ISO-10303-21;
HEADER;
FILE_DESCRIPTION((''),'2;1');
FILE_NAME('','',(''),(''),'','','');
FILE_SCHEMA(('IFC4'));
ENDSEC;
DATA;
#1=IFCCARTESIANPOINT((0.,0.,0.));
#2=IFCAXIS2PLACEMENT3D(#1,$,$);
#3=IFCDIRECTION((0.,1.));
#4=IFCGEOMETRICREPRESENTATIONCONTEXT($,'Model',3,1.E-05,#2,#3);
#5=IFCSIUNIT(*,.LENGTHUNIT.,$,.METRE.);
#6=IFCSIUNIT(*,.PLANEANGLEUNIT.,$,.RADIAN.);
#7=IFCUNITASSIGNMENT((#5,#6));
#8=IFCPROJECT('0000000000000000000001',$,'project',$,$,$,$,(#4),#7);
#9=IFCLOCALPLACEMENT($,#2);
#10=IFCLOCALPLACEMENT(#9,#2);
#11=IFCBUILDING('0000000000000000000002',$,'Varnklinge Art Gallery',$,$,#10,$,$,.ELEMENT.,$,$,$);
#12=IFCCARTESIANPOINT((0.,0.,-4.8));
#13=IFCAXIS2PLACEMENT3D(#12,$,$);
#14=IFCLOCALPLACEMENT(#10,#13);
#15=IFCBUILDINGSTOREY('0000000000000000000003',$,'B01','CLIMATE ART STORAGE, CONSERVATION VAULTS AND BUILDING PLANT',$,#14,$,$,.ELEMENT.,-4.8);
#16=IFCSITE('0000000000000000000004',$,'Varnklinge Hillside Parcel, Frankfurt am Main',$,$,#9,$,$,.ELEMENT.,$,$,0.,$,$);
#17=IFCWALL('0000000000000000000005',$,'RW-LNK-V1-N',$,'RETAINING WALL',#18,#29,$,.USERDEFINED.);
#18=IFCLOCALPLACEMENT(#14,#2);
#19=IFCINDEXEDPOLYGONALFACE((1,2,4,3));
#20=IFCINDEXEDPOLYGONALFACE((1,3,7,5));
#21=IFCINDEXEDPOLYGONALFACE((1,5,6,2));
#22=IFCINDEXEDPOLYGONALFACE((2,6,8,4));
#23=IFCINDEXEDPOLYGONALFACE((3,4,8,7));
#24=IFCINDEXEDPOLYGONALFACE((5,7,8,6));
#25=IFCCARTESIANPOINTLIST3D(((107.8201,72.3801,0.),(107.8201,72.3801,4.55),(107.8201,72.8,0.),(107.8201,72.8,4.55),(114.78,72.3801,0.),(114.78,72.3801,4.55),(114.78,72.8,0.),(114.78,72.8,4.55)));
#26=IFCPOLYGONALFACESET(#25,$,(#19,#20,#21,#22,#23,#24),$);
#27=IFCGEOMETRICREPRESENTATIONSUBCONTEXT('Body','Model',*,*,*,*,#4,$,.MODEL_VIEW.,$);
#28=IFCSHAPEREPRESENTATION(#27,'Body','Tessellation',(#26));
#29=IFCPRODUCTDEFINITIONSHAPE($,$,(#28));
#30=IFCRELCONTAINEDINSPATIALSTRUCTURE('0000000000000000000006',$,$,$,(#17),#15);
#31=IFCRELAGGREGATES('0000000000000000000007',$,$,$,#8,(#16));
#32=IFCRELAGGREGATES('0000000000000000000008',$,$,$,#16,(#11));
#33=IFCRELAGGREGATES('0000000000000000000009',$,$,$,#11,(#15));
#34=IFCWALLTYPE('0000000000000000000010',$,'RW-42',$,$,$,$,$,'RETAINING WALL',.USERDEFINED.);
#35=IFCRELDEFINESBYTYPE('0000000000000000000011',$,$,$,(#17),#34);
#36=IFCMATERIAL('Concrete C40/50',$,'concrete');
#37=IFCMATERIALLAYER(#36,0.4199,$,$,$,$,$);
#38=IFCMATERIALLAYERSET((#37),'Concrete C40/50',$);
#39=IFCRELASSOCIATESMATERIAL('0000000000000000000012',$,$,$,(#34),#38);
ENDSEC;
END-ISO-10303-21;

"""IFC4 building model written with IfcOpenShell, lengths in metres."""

from ifc_helpers import new_model, si_unit, direction, frame, frame_2d, origin, place, context, subcontext, project, spatial, rectangle, extrude, material, layer, layer_set, type_object, element, save


model = new_model("IFC4")

# Units and contexts
model_context = context("Model", 3, precision=1e-05, world=origin(), true_north=direction((0.0, 1.0)))
body_context = subcontext(model_context, "Body", "Model", "MODEL_VIEW")
ifc_project = project(units=[si_unit("LENGTHUNIT", "METRE"), si_unit("PLANEANGLEUNIT", "RADIAN")], contexts=[model_context])

# Site, building, storey
site_placement = place(None, origin())
site = spatial("IfcSite", under=ifc_project, at=site_placement, Name="Varnklinge Hillside Parcel, Frankfurt am Main", CompositionType="ELEMENT", RefElevation=0.0)
building_placement = place(site_placement, origin())
building = spatial("IfcBuilding", under=site, at=building_placement, Name="Varnklinge Art Gallery", CompositionType="ELEMENT")
storey_placement = place(building_placement, frame((0.0, 0.0, -4.8)))
storey = spatial("IfcBuildingStorey", under=building, at=storey_placement, Name="B01", Description="CLIMATE ART STORAGE, CONSERVATION VAULTS AND BUILDING PLANT", CompositionType="ELEMENT", Elevation=-4.8)

# Wall
ifc_material_1 = material(Name="Concrete C40/50", Category="concrete")
ifc_layer_1 = layer(ifc_material_1, 0.4199)
ifc_layer_set_1 = layer_set([ifc_layer_1], Name="Concrete C40/50")
wall_type = type_object("IfcWallType", Name="RW-42", ElementType="RETAINING WALL", PredefinedType="USERDEFINED", material=ifc_layer_set_1)
wall_placement = place(storey_placement, frame((107.8201, 72.5901, 0.0), z_axis=(0.0, 0.0, 1.0), x_axis=(1.0, 0.0, 0.0)))
element("IfcWall", 1, at=wall_placement, inside=storey, type_object=wall_type, Name="RW-LNK-V1-N", ObjectType="RETAINING WALL", PredefinedType="USERDEFINED", context=body_context, shape_type="SweptSolid", body=[
    extrude(rectangle(XDim=6.96, YDim=0.4199, at=frame_2d((3.48, 0.0))), origin(), (0.0, 0.0, 1.0), 4.55),
])

save(model, "model.ifc")
